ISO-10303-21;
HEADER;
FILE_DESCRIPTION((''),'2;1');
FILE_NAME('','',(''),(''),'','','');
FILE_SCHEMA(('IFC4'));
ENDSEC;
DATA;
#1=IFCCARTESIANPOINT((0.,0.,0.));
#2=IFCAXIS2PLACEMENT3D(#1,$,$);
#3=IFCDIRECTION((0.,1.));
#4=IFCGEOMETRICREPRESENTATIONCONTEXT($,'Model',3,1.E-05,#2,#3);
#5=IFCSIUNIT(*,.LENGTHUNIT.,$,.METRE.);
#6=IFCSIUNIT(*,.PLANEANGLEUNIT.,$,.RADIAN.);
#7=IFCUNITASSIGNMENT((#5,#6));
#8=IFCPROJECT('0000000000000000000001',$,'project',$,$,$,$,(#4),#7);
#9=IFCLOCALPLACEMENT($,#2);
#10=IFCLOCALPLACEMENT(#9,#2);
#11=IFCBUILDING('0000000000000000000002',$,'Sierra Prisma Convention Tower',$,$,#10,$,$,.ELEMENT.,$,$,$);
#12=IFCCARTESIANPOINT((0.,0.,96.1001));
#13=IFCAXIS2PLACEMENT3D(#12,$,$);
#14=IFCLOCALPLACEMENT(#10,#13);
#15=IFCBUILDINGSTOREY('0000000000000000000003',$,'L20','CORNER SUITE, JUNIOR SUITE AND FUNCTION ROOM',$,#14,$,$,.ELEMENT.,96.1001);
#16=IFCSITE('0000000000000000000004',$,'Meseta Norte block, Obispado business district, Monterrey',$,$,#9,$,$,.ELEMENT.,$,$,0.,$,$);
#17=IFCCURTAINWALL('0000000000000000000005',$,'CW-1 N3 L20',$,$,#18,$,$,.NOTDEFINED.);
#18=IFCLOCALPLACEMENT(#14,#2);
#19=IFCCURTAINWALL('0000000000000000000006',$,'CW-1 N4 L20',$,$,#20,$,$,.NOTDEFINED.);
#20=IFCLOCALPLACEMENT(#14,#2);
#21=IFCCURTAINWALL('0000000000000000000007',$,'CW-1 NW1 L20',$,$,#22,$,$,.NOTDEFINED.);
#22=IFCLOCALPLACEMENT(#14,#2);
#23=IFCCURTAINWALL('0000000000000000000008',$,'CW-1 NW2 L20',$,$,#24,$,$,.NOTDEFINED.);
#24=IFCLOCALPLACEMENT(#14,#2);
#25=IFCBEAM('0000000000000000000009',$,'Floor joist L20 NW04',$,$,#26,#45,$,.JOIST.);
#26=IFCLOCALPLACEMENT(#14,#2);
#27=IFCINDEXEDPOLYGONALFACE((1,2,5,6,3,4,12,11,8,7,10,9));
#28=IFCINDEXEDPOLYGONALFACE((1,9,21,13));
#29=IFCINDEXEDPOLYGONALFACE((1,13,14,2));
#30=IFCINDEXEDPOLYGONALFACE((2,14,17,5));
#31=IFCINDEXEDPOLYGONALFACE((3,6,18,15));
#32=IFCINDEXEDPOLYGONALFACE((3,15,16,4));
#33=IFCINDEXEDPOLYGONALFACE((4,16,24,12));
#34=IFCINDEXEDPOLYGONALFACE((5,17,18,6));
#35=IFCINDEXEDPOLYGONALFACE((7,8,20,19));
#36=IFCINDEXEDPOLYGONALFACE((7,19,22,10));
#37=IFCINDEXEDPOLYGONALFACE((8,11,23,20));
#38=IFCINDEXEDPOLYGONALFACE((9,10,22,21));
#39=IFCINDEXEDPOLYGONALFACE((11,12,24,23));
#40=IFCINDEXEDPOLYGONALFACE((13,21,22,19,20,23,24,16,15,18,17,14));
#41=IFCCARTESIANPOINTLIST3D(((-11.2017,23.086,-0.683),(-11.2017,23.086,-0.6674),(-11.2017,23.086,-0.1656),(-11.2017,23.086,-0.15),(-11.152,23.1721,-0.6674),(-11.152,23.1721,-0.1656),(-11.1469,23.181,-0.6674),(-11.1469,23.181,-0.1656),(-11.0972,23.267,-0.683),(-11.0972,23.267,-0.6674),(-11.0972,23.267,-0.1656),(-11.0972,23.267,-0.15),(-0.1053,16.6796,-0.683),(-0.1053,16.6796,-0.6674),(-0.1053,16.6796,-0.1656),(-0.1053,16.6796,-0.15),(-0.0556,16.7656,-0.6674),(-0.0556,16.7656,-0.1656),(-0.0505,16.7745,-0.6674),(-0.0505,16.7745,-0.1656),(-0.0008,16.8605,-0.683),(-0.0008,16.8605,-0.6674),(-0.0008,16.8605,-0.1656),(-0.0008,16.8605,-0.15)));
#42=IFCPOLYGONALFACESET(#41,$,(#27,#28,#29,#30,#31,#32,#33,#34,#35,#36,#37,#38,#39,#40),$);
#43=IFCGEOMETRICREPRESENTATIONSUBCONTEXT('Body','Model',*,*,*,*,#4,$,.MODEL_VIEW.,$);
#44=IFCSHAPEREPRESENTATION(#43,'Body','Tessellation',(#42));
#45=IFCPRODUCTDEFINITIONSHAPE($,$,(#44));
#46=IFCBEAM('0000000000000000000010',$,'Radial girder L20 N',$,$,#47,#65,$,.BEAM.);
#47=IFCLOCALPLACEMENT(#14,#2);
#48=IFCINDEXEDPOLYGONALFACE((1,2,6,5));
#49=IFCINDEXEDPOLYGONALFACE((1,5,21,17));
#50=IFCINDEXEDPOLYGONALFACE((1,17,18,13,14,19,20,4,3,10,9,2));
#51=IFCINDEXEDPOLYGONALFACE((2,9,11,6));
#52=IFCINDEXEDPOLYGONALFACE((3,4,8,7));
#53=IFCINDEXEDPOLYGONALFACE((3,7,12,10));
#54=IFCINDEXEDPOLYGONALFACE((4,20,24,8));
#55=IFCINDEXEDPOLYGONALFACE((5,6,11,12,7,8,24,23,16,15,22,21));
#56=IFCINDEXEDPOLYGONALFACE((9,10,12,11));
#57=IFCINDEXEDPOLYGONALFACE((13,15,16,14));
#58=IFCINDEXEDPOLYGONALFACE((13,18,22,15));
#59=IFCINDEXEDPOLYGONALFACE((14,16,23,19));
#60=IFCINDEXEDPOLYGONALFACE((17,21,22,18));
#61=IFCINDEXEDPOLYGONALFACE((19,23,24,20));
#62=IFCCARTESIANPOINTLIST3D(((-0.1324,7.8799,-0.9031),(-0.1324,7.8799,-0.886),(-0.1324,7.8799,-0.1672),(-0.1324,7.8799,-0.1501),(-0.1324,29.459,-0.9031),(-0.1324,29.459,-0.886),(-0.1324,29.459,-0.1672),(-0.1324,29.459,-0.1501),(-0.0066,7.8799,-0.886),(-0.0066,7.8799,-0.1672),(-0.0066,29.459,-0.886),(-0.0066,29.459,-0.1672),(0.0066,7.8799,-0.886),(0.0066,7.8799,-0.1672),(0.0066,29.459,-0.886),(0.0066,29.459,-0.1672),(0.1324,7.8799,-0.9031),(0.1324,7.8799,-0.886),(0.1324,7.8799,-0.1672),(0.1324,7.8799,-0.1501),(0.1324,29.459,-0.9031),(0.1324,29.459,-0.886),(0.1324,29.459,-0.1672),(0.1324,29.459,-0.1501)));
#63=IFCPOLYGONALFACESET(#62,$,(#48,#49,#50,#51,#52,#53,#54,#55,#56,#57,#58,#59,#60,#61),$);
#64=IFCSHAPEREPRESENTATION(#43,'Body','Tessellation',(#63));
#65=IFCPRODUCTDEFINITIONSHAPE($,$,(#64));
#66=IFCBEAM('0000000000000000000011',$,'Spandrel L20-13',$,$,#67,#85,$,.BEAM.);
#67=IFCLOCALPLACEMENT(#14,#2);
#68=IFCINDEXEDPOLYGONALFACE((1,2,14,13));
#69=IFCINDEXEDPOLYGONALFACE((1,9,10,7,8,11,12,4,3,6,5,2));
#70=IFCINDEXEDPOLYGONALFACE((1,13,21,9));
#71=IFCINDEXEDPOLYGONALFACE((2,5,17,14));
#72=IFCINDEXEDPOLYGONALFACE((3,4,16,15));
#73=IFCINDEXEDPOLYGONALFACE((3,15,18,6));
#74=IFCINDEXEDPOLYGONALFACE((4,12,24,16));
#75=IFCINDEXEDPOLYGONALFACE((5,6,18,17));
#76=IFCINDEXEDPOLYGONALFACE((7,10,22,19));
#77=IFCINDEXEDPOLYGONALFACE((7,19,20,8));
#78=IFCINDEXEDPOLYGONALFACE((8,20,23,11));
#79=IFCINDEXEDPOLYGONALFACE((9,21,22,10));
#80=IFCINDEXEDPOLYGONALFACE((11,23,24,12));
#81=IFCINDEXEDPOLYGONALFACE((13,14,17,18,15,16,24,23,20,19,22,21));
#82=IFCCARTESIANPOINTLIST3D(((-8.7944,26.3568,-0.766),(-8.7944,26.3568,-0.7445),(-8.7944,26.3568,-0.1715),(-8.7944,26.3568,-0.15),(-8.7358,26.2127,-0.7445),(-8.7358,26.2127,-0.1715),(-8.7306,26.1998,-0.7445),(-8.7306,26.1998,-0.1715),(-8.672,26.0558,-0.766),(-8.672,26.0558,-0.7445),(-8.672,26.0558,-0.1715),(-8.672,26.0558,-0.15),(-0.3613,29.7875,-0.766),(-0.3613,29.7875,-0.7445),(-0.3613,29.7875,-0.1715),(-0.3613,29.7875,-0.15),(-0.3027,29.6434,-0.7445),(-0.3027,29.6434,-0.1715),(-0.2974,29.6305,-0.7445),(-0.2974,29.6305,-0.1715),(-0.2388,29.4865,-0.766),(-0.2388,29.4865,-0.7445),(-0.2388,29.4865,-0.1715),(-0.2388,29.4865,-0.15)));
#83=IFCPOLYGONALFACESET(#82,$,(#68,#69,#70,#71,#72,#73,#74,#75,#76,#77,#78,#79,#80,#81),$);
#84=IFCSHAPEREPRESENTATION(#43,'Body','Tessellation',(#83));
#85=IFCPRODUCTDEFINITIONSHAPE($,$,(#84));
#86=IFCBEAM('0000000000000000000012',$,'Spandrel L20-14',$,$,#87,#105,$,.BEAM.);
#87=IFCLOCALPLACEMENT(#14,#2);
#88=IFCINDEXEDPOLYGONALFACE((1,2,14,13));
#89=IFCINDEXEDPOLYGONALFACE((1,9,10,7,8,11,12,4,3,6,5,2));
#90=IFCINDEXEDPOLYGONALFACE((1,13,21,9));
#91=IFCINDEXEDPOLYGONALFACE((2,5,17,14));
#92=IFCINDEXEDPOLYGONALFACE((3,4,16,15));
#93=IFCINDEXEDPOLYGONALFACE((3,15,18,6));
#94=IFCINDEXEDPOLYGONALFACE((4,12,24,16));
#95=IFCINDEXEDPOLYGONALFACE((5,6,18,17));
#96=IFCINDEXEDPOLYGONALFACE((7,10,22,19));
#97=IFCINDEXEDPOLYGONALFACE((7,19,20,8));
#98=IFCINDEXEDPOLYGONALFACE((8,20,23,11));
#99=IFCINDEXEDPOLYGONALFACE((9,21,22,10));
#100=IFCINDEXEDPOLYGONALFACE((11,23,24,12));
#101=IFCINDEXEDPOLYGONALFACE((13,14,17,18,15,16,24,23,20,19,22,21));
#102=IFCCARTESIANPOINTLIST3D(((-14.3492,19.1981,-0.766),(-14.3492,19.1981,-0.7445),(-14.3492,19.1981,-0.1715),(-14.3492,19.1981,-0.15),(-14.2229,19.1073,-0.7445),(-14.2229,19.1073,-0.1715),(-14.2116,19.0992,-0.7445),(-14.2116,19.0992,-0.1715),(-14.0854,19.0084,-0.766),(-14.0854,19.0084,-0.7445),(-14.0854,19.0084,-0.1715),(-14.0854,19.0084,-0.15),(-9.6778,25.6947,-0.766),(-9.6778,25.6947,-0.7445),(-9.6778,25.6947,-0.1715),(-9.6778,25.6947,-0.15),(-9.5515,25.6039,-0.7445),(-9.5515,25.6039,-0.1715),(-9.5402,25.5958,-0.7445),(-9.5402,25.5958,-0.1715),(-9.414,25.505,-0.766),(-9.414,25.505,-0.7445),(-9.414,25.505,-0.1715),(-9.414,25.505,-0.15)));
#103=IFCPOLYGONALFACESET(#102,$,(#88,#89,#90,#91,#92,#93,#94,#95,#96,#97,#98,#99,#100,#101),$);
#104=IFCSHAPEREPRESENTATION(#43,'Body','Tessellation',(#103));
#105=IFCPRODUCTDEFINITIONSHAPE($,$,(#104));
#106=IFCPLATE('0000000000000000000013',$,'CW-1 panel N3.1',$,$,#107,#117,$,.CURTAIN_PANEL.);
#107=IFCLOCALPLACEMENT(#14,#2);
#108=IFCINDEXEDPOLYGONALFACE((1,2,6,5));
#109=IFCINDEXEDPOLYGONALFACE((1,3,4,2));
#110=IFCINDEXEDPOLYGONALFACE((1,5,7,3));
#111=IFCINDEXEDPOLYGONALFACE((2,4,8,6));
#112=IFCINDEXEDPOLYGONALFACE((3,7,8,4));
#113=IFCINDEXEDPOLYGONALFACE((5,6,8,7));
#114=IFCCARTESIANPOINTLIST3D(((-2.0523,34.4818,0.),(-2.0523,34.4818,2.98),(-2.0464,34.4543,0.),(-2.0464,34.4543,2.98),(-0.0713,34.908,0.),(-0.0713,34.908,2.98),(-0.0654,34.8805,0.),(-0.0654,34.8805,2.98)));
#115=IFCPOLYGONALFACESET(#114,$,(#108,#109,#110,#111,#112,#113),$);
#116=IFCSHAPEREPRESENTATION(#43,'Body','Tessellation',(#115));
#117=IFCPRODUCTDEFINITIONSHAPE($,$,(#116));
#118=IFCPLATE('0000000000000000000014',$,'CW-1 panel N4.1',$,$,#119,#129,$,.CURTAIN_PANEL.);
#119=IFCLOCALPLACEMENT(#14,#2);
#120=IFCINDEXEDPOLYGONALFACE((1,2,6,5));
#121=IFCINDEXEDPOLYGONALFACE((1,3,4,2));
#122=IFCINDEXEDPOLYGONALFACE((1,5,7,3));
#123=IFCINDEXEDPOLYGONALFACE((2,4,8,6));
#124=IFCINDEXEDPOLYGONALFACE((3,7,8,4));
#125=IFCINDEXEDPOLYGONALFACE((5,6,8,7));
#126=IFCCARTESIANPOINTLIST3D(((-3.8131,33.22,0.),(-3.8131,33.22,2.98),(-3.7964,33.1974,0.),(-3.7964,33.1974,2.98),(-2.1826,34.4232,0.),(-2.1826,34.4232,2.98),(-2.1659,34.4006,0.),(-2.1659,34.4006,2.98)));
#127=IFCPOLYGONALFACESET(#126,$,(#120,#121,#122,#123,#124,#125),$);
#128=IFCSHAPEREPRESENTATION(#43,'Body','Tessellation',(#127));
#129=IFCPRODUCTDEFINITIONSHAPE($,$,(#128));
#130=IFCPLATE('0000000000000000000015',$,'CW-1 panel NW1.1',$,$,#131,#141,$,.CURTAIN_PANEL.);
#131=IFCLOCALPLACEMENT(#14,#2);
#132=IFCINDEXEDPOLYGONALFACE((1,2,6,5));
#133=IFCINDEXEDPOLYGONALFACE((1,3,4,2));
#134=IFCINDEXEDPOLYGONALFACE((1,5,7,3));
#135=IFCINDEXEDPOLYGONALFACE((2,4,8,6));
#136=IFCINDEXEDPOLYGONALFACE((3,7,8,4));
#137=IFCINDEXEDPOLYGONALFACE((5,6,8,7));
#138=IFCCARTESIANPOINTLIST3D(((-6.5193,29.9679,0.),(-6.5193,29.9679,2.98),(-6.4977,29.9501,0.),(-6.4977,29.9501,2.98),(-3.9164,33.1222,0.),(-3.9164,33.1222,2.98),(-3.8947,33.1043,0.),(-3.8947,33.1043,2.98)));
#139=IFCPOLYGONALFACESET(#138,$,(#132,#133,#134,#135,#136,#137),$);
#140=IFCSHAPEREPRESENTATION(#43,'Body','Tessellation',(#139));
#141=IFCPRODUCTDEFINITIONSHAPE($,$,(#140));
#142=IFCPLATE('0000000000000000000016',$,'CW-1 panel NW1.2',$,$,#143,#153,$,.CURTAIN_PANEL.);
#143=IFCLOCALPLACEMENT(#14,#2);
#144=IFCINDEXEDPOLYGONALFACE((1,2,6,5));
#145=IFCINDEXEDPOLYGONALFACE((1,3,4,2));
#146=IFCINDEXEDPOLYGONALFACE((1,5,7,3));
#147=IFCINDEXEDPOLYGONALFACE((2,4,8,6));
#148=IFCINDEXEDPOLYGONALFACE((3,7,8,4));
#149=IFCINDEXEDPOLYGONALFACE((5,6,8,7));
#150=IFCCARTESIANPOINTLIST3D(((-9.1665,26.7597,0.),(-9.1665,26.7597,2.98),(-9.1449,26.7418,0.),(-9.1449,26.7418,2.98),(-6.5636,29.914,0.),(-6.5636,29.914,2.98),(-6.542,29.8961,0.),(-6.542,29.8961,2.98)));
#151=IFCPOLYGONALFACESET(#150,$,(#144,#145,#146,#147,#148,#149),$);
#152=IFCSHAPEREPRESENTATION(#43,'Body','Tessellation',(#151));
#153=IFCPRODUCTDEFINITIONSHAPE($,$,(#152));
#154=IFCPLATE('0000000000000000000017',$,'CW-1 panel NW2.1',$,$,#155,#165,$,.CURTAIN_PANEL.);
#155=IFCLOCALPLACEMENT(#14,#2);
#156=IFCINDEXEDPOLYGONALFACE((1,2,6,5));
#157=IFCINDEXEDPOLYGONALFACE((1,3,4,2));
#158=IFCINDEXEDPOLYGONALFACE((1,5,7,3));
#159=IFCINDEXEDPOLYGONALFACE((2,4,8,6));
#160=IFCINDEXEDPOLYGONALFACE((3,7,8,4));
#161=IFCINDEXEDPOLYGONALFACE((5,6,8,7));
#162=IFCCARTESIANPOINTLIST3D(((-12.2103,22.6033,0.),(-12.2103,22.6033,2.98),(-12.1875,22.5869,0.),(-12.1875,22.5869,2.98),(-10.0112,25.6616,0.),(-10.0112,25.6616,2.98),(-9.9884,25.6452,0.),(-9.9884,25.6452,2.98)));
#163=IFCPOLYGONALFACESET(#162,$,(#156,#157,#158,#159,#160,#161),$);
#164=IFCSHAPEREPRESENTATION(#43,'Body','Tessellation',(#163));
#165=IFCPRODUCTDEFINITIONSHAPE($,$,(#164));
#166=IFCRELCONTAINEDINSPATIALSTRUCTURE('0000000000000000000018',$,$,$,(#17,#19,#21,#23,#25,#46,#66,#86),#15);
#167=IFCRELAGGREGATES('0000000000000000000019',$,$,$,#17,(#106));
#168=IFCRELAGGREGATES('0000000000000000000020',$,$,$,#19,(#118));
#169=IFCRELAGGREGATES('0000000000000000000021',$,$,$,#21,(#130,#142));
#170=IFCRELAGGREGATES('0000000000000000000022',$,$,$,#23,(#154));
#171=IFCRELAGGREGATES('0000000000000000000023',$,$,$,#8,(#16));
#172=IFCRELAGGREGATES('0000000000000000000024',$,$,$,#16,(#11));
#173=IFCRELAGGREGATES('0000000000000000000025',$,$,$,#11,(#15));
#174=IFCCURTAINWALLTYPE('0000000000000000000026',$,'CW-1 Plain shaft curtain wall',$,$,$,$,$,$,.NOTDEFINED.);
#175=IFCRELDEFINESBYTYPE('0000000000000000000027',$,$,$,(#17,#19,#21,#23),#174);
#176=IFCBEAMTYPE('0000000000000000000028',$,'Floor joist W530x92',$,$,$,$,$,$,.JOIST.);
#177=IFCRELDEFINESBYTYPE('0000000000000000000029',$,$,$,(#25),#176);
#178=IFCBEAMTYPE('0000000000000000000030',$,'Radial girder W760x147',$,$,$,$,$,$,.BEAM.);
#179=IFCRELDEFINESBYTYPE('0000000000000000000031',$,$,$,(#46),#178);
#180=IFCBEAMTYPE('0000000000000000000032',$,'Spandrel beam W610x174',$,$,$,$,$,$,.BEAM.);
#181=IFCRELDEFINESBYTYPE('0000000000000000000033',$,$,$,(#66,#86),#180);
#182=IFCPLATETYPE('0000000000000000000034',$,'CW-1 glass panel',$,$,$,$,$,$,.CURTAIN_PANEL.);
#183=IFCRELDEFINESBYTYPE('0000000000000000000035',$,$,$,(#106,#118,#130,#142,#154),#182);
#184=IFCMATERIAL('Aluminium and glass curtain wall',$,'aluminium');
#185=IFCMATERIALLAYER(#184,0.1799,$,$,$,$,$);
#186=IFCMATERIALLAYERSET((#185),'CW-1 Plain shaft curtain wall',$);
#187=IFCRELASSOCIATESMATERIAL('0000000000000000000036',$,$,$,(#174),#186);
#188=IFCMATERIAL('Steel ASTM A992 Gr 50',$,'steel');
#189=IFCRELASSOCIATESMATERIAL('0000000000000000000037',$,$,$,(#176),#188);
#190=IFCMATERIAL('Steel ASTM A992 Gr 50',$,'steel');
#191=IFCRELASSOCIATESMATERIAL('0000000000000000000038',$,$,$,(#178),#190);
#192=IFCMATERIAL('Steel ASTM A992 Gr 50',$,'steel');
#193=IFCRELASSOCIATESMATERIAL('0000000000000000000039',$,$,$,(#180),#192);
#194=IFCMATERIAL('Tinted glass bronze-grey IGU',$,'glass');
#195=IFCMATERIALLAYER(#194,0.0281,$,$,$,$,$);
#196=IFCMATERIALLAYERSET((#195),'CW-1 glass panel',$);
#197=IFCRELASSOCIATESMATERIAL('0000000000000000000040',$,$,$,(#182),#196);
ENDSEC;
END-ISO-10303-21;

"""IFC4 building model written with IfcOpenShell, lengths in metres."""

from ifc_helpers import new_model, si_unit, direction, frame, origin, origin_2d, place, context, subcontext, project, spatial, rectangle, i_section, extrude, material, layer, layer_set, material_profile, profile_set, type_object, element, aggregate, save


model = new_model("IFC4")

# Units and contexts
model_context = context("Model", 3, precision=1e-05, world=origin(), true_north=direction((0.0, 1.0)))
body_context = subcontext(model_context, "Body", "Model", "MODEL_VIEW")
ifc_project = project(units=[si_unit("LENGTHUNIT", "METRE"), si_unit("PLANEANGLEUNIT", "RADIAN")], contexts=[model_context])

# Site, building, storey
site_placement = place(None, origin())
site = spatial("IfcSite", under=ifc_project, at=site_placement, Name="Meseta Norte block, Obispado business district, Monterrey", CompositionType="ELEMENT", RefElevation=0.0)
building_placement = place(site_placement, origin())
building = spatial("IfcBuilding", under=site, at=building_placement, Name="Sierra Prisma Convention Tower", CompositionType="ELEMENT")
storey_placement = place(building_placement, frame((0.0, 0.0, 96.1001)))
storey = spatial("IfcBuildingStorey", under=building, at=storey_placement, Name="L20", Description="CORNER SUITE, JUNIOR SUITE AND FUNCTION ROOM", CompositionType="ELEMENT", Elevation=96.1001)

# Curtain walls
ifc_material_1 = material(Name="Aluminium and glass curtain wall", Category="aluminium")
ifc_layer_1 = layer(ifc_material_1, 0.1799)
ifc_layer_set_1 = layer_set([ifc_layer_1], Name="CW-1 Plain shaft curtain wall")
curtain_wall_type = type_object("IfcCurtainWallType", Name="CW-1 Plain shaft curtain wall", PredefinedType="NOTDEFINED", material=ifc_layer_set_1)
curtain_wall_1_placement = place(storey_placement, origin())
curtain_wall_1 = element("IfcCurtainWall", 1, at=curtain_wall_1_placement, inside=storey, type_object=curtain_wall_type, Name="CW-1 N3 L20", PredefinedType="NOTDEFINED")
curtain_wall_2_placement = place(storey_placement, origin())
curtain_wall_2 = element("IfcCurtainWall", 2, at=curtain_wall_2_placement, inside=storey, type_object=curtain_wall_type, Name="CW-1 N4 L20", PredefinedType="NOTDEFINED")

# Curtain wall
curtain_wall_3_placement = place(storey_placement, origin())
curtain_wall_3 = element("IfcCurtainWall", 3, at=curtain_wall_3_placement, inside=storey, type_object=curtain_wall_type, Name="CW-1 NW1 L20", PredefinedType="NOTDEFINED")

# Curtain wall
curtain_wall_4_placement = place(storey_placement, origin())
curtain_wall_4 = element("IfcCurtainWall", 4, at=curtain_wall_4_placement, inside=storey, type_object=curtain_wall_type, Name="CW-1 NW2 L20", PredefinedType="NOTDEFINED")

# Beams
ifc_material_2 = material(Name="Steel ASTM A992 Gr 50", Category="steel")
ifc_material_profile_1 = material_profile(ifc_material_2, i_section(OverallWidth=0.209, OverallDepth=0.533, WebThickness=0.0103, FlangeThickness=0.0156, at=origin_2d()), Name="W530x92")
ifc_profile_set_1 = profile_set([ifc_material_profile_1], Name="Steel ASTM A992 Gr 50")
beam_type_1 = type_object("IfcBeamType", Name="Floor joist W530x92", PredefinedType="JOIST", material=ifc_profile_set_1)
beam_1_placement = place(storey_placement, frame((-11.1494, 23.1765, -0.4165), z_axis=(0.866027, -0.499998, 0.0), x_axis=(0.499998, 0.866027, 0.0)))
element("IfcBeam", 5, at=beam_1_placement, inside=storey, type_object=beam_type_1, Name="Floor joist L20 NW04", PredefinedType="JOIST", context=body_context, shape_type="SweptSolid", body=[
    extrude(i_section(OverallWidth=0.209, OverallDepth=0.533, WebThickness=0.0103, FlangeThickness=0.0156, at=origin_2d()), origin(), (0.0, 0.0, 1.0), 12.813),
])
ifc_material_3 = material(Name="Steel ASTM A992 Gr 50", Category="steel")
ifc_material_profile_2 = material_profile(ifc_material_3, i_section(OverallWidth=0.2649, OverallDepth=0.7529, WebThickness=0.0132, FlangeThickness=0.0171, at=origin_2d()), Name="W760x147")
ifc_profile_set_2 = profile_set([ifc_material_profile_2], Name="Steel ASTM A992 Gr 50")
beam_type_2 = type_object("IfcBeamType", Name="Radial girder W760x147", PredefinedType="BEAM", material=ifc_profile_set_2)
beam_2_placement = place(storey_placement, frame((0.0, 29.459, -0.5266), z_axis=(0.0, -1.0, 0.0), x_axis=(1.0, 0.0, 0.0)))
element("IfcBeam", 6, at=beam_2_placement, inside=storey, type_object=beam_type_2, Name="Radial girder L20 N", PredefinedType="BEAM", context=body_context, shape_type="SweptSolid", body=[
    extrude(i_section(OverallWidth=0.2649, OverallDepth=0.7529, WebThickness=0.0132, FlangeThickness=0.0171, at=origin_2d()), origin(), (0.0, 0.0, 1.0), 21.5791),
])
ifc_material_4 = material(Name="Steel ASTM A992 Gr 50", Category="steel")
ifc_material_profile_3 = material_profile(ifc_material_4, i_section(OverallWidth=0.325, OverallDepth=0.616, WebThickness=0.0139, FlangeThickness=0.0215, at=origin_2d()), Name="W610x174")
ifc_profile_set_3 = profile_set([ifc_material_profile_3], Name="Steel ASTM A992 Gr 50")
beam_type_3 = type_object("IfcBeamType", Name="Spandrel beam W610x174", PredefinedType="BEAM", material=ifc_profile_set_3)
beam_3_placement = place(storey_placement, frame((-0.3, 29.637, -0.458), z_axis=(-0.926286, -0.376822, 0.0), x_axis=(0.376822, -0.926286, 0.0)))
element("IfcBeam", 7, at=beam_3_placement, inside=storey, type_object=beam_type_3, Name="Spandrel L20-13", PredefinedType="BEAM", context=body_context, shape_type="SweptSolid", body=[
    extrude(i_section(OverallWidth=0.325, OverallDepth=0.616, WebThickness=0.0139, FlangeThickness=0.0215, at=origin_2d()), origin(), (0.0, 0.0, 1.0), 9.1042),
])
beam_4_placement = place(storey_placement, frame((-9.5459, 25.5999, -0.458), z_axis=(-0.583798, -0.811899, 0.0), x_axis=(0.811899, -0.583798, 0.0)))
element("IfcBeam", 8, at=beam_4_placement, inside=storey, type_object=beam_type_3, Name="Spandrel L20-14", PredefinedType="BEAM", context=body_context, shape_type="SweptSolid", body=[
    extrude(i_section(OverallWidth=0.325, OverallDepth=0.616, WebThickness=0.0139, FlangeThickness=0.0215, at=origin_2d()), origin(), (0.0, 0.0, 1.0), 8.0017),
])

# Plates
ifc_material_5 = material(Name="Tinted glass bronze-grey IGU", Category="glass")
ifc_layer_2 = layer(ifc_material_5, 0.0281)
ifc_layer_set_2 = layer_set([ifc_layer_2], Name="CW-1 glass panel")
plate_type = type_object("IfcPlateType", Name="CW-1 glass panel", PredefinedType="CURTAIN_PANEL", material=ifc_layer_set_2)
plate_1_placement = place(storey_placement, frame((-1.0588, 34.6812, 0.0), z_axis=(0.0, 0.0, 1.0), x_axis=(-0.977633, -0.21032, 0.0)))
plate_1 = element("IfcPlate", 9, at=plate_1_placement, type_object=plate_type, Name="CW-1 panel N3.1", PredefinedType="CURTAIN_PANEL", context=body_context, shape_type="SweptSolid", body=[
    extrude(rectangle(XDim=2.0264, YDim=0.0281, at=origin_2d()), origin(), (0.0, 0.0, 1.0), 2.98),
])
aggregate(curtain_wall_1, [plate_1])
plate_2_placement = place(storey_placement, frame((-2.9895, 33.8103, 0.0), z_axis=(0.0, 0.0, 1.0), x_axis=(-0.804652, -0.593746, 0.0)))
plate_2 = element("IfcPlate", 10, at=plate_2_placement, type_object=plate_type, Name="CW-1 panel N4.1", PredefinedType="CURTAIN_PANEL", context=body_context, shape_type="SweptSolid", body=[
    extrude(rectangle(XDim=2.0264, YDim=0.0281, at=origin_2d()), origin(), (0.0, 0.0, 1.0), 2.98),
])
aggregate(curtain_wall_2, [plate_2])
plate_3_placement = place(storey_placement, frame((-5.207, 31.5361, 0.0), z_axis=(0.0, 0.0, 1.0), x_axis=(-0.636477, -0.771295, 0.0)))
plate_3 = element("IfcPlate", 11, at=plate_3_placement, type_object=plate_type, Name="CW-1 panel NW1.1", PredefinedType="CURTAIN_PANEL", context=body_context, shape_type="SweptSolid", body=[
    extrude(rectangle(XDim=4.0896, YDim=0.0281, at=origin_2d()), origin(), (0.0, 0.0, 1.0), 2.98),
])
plate_4_placement = place(storey_placement, frame((-7.8542, 28.3279, 0.0), z_axis=(0.0, 0.0, 1.0), x_axis=(-0.636477, -0.771295, 0.0)))
plate_4 = element("IfcPlate", 12, at=plate_4_placement, type_object=plate_type, Name="CW-1 panel NW1.2", PredefinedType="CURTAIN_PANEL", context=body_context, shape_type="SweptSolid", body=[
    extrude(rectangle(XDim=4.0896, YDim=0.0281, at=origin_2d()), origin(), (0.0, 0.0, 1.0), 2.98),
])
aggregate(curtain_wall_3, [plate_3, plate_4])
plate_5_placement = place(storey_placement, frame((-11.0994, 24.1243, 0.0), z_axis=(0.0, 0.0, 1.0), x_axis=(-0.583793, -0.811902, 0.0)))
plate_5 = element("IfcPlate", 13, at=plate_5_placement, type_object=plate_type, Name="CW-1 panel NW2.1", PredefinedType="CURTAIN_PANEL", context=body_context, shape_type="SweptSolid", body=[
    extrude(rectangle(XDim=3.7668, YDim=0.0281, at=origin_2d()), origin(), (0.0, 0.0, 1.0), 2.98),
])
aggregate(curtain_wall_4, [plate_5])

save(model, "model.ifc")
